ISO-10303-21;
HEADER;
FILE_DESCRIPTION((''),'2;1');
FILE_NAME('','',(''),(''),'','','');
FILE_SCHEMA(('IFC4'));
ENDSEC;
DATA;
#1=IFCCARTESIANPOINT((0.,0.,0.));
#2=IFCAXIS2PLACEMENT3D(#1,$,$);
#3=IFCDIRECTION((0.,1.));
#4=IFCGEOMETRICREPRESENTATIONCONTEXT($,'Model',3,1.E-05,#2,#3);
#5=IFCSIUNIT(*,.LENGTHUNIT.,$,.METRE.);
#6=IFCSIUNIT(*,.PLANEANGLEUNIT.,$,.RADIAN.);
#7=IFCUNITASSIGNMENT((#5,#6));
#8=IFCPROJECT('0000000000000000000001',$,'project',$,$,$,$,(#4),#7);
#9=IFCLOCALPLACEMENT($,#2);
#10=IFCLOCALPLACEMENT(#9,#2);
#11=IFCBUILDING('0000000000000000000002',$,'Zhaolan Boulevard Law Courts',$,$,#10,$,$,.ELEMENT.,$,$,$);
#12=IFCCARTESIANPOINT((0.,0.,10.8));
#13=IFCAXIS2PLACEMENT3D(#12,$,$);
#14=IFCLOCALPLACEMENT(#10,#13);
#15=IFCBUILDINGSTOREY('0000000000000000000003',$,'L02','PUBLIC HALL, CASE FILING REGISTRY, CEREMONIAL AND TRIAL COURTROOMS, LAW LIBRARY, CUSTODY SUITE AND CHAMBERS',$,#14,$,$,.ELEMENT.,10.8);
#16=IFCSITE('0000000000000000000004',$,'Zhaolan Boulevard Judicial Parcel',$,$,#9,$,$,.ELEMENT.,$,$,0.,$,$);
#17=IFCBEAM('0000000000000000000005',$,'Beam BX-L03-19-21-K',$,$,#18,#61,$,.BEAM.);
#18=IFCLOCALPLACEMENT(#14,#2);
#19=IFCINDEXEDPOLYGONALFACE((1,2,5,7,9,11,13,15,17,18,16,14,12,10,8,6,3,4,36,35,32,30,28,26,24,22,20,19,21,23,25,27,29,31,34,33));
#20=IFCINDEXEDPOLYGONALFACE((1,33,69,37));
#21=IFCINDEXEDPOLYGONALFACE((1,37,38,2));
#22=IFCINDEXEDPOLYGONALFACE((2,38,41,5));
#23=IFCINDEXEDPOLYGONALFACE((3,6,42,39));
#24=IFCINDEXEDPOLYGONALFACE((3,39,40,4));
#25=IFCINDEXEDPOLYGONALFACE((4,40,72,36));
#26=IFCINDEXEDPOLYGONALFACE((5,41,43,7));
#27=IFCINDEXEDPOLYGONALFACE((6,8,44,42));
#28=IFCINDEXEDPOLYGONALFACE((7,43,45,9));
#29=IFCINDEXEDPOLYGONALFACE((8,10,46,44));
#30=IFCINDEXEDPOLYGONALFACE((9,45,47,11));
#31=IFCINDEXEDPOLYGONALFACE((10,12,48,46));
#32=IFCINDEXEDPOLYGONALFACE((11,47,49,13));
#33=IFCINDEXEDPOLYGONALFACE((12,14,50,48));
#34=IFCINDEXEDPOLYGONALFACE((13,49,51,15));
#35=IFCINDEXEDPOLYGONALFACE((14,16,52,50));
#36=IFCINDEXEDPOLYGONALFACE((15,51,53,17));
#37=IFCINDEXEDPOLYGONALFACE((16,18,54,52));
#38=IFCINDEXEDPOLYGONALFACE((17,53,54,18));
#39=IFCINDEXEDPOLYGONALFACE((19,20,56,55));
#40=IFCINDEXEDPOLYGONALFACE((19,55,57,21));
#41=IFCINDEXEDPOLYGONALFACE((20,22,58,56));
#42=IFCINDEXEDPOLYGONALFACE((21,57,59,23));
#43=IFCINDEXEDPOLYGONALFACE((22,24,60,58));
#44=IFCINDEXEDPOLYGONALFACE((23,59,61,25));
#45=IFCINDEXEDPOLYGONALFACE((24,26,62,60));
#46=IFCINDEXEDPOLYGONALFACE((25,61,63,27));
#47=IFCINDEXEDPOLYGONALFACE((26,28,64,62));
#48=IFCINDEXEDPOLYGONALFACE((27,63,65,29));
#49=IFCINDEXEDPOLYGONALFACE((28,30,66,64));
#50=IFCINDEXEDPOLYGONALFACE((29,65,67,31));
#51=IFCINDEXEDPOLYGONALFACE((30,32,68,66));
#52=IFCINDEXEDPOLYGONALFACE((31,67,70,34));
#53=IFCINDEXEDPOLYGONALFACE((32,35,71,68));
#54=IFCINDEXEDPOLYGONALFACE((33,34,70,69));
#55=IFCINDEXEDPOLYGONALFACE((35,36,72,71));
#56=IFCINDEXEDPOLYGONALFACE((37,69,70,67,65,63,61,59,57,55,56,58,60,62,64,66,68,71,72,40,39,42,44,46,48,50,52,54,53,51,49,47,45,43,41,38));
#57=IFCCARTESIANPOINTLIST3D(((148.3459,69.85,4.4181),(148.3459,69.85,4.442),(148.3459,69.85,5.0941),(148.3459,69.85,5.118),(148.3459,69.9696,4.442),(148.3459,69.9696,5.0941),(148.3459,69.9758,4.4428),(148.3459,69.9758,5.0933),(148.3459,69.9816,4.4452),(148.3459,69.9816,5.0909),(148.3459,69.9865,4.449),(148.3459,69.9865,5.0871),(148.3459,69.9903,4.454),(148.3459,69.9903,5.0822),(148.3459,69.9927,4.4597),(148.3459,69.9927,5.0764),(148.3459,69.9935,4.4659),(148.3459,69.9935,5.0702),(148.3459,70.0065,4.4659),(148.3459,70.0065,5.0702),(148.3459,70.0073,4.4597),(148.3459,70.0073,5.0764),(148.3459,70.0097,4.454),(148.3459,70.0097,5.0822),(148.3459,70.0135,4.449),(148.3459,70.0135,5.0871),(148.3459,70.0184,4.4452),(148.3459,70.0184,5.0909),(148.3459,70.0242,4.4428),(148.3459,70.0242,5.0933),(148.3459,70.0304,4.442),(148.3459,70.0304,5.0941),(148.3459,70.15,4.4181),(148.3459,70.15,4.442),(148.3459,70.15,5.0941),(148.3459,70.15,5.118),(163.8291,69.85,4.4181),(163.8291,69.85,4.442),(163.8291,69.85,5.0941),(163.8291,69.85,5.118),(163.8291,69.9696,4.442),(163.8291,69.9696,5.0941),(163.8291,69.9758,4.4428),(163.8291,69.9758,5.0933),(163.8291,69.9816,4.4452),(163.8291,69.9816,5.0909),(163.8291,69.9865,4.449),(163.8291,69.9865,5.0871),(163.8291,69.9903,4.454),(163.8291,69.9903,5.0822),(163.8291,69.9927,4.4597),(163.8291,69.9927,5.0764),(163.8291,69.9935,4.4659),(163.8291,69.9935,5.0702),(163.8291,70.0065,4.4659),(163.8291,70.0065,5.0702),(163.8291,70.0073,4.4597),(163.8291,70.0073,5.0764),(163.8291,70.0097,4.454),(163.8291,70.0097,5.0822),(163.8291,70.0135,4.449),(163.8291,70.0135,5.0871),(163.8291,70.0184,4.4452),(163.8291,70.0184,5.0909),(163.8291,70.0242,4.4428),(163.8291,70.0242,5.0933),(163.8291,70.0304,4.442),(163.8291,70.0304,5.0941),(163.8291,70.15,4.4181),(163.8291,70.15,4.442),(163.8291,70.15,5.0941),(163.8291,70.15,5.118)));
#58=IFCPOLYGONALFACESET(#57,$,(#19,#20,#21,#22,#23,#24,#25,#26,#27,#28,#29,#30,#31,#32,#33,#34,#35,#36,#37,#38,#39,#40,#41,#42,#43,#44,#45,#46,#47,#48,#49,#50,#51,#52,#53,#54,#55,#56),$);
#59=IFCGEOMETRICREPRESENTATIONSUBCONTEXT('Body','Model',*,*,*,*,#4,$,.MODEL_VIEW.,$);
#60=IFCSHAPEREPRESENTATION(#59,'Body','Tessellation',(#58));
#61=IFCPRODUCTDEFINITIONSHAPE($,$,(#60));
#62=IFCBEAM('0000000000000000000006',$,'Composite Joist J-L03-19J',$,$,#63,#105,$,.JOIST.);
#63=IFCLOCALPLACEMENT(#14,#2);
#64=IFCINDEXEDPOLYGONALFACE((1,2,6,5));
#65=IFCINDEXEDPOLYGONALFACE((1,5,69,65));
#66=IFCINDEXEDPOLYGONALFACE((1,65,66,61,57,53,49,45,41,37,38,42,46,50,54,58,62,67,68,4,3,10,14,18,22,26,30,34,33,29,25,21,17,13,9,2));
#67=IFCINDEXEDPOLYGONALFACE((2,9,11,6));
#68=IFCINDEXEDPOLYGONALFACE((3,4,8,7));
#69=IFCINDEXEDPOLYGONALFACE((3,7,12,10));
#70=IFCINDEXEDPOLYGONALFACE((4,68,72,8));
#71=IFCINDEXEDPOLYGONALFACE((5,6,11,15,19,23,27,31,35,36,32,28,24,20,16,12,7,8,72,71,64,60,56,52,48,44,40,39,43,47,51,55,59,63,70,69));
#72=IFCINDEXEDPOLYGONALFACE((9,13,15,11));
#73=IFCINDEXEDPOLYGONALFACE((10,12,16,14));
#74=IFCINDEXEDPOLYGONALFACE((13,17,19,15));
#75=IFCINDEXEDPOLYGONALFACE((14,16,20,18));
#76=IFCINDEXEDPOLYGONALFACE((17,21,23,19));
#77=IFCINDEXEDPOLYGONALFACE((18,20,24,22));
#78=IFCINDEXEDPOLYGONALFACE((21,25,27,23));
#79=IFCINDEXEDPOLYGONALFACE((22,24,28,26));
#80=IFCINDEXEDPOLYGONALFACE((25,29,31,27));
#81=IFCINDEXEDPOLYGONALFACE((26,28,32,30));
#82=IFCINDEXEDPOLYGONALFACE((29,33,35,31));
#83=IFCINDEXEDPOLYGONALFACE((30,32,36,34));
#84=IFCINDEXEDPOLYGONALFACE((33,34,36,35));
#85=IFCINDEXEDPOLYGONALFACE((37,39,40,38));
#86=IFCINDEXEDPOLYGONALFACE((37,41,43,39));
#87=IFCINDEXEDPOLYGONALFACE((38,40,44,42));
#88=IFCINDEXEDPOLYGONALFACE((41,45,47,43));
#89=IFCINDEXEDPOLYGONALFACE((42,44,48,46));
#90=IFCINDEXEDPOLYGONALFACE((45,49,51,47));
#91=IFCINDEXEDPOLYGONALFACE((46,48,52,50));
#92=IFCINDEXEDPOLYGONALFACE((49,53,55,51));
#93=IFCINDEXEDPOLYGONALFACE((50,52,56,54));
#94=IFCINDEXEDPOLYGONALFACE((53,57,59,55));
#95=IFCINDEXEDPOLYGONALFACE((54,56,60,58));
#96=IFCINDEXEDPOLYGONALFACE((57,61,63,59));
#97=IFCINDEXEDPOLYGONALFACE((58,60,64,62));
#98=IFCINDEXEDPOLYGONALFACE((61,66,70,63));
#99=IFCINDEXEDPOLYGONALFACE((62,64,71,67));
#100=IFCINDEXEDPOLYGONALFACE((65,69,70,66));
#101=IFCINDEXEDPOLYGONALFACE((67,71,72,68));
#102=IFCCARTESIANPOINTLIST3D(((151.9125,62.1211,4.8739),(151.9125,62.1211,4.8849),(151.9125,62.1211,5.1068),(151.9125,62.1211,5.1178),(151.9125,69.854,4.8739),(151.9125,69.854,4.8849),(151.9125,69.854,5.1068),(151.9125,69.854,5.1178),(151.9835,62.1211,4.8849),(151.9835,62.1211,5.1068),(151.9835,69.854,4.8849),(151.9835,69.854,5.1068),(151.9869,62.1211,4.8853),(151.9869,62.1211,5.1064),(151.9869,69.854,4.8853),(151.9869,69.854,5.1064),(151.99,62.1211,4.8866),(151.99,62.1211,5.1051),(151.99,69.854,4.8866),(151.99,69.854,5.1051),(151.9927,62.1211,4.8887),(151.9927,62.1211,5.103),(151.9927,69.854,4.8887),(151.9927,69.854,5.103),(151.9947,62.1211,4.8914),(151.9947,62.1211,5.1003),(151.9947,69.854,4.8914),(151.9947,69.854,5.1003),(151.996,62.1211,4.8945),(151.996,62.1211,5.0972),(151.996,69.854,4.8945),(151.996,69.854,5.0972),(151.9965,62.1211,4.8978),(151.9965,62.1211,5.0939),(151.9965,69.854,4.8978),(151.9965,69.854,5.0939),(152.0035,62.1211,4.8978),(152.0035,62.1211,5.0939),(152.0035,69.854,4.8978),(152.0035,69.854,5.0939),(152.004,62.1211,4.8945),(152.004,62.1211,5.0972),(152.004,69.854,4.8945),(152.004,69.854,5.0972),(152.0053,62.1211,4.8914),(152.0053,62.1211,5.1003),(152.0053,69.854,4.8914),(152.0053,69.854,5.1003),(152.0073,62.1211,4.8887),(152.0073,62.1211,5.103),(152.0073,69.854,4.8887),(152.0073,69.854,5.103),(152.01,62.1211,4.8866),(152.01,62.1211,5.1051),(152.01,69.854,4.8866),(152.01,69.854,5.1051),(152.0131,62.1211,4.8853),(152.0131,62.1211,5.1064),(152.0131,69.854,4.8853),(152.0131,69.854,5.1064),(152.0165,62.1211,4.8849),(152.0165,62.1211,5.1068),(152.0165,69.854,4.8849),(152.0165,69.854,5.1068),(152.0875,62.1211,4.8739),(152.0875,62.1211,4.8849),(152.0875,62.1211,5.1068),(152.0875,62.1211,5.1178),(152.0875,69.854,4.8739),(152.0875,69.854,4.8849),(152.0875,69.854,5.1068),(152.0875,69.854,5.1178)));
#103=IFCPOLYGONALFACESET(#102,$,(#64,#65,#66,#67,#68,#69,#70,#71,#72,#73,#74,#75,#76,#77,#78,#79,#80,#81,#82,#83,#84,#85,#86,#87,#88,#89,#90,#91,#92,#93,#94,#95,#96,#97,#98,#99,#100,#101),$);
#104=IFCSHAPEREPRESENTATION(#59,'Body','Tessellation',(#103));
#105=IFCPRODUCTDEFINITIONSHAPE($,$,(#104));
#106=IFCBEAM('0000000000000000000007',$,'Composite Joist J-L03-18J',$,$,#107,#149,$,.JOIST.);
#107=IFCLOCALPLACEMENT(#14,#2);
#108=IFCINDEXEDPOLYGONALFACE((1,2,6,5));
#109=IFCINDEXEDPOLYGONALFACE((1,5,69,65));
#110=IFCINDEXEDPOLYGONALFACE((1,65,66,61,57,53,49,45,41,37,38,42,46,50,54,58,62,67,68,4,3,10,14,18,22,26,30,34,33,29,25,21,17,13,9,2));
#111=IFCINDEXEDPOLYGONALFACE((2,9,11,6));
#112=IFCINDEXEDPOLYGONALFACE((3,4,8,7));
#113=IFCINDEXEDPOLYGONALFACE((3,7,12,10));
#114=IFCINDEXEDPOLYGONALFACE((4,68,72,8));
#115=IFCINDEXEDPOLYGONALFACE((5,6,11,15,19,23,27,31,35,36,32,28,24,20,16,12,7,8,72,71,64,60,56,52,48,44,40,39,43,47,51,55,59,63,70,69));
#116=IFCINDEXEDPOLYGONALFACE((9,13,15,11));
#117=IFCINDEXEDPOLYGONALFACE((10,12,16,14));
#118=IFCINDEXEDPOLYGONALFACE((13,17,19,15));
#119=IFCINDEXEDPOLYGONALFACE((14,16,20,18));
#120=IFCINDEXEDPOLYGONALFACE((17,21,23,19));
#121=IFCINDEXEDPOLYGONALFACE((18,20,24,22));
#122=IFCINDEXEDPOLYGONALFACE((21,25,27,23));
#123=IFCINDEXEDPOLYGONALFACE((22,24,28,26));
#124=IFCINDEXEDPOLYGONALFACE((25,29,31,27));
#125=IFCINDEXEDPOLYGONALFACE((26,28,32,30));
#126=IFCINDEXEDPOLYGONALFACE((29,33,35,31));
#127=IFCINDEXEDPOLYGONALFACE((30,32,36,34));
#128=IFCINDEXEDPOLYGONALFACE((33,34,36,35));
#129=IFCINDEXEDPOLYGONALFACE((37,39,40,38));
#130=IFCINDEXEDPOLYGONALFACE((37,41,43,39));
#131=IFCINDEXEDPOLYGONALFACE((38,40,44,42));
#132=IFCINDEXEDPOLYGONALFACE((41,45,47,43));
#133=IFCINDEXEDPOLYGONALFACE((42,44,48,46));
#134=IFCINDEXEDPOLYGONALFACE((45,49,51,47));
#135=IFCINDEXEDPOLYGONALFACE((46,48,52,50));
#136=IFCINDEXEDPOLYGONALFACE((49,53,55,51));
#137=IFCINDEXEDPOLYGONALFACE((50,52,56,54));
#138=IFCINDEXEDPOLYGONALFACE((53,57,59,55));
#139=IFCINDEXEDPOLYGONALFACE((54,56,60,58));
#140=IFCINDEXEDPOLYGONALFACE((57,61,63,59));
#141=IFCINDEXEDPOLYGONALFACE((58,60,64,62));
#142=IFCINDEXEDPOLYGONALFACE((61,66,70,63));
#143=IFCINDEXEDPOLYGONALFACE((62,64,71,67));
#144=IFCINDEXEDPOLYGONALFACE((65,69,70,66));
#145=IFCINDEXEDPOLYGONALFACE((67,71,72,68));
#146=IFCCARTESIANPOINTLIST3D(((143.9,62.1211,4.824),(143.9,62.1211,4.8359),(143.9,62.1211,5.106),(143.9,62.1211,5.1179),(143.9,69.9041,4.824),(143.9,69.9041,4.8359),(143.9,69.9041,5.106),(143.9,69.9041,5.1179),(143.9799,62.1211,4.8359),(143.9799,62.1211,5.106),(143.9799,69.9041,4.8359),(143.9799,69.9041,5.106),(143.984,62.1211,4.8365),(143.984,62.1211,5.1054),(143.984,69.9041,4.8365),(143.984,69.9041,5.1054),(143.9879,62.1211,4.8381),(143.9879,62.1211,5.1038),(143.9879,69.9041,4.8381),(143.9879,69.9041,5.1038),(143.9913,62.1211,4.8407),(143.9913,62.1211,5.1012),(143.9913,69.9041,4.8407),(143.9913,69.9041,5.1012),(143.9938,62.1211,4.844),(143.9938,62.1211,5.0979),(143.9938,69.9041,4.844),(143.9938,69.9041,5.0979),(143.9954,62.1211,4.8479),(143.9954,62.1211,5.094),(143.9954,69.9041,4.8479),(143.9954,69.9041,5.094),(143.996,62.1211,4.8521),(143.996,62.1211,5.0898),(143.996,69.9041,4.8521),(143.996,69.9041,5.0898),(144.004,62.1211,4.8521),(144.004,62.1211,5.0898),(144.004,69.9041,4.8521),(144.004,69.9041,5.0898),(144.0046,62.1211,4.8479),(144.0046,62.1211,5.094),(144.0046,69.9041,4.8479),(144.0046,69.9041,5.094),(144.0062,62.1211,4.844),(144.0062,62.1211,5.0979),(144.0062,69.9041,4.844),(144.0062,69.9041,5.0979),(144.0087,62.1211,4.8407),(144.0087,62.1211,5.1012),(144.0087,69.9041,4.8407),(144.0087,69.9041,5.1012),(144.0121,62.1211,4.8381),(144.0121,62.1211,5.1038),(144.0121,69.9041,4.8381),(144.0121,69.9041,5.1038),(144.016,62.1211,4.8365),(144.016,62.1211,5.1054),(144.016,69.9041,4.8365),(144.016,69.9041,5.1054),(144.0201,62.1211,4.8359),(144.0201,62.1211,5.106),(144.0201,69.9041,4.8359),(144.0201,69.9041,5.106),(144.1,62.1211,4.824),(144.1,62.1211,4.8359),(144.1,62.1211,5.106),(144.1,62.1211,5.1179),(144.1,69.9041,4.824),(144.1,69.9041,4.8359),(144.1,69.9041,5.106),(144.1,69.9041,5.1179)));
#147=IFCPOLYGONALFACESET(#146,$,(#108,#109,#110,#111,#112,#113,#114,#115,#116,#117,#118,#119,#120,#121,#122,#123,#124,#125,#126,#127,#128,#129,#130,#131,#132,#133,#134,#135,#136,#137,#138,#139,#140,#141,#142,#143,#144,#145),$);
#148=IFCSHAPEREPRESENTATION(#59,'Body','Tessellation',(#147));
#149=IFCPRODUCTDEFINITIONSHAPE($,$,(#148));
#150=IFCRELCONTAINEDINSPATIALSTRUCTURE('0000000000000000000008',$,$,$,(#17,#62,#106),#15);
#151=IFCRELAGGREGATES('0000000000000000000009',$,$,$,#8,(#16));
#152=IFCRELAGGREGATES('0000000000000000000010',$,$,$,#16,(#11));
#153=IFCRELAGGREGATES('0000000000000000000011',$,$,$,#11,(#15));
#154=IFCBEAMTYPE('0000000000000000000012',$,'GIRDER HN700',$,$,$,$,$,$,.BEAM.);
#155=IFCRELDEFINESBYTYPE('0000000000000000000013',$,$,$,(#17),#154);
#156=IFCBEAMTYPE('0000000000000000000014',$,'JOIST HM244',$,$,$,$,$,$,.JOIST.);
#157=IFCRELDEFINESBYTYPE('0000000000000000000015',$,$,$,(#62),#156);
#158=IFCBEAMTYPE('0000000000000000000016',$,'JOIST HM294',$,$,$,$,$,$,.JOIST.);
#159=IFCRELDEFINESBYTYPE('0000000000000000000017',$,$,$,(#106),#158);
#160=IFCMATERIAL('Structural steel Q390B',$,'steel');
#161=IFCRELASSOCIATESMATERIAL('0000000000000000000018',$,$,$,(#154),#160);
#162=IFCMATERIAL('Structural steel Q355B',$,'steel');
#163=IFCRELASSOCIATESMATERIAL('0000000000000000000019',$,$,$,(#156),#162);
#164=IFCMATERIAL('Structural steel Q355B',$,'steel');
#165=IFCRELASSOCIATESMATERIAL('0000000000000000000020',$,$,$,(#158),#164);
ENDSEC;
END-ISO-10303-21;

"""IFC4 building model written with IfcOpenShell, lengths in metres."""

from ifc_helpers import new_model, si_unit, direction, frame, origin, origin_2d, place, context, subcontext, project, spatial, i_section, extrude, material, material_profile, profile_set, type_object, element, save


model = new_model("IFC4")

# Units and contexts
model_context = context("Model", 3, precision=1e-05, world=origin(), true_north=direction((0.0, 1.0)))
body_context = subcontext(model_context, "Body", "Model", "MODEL_VIEW")
ifc_project = project(units=[si_unit("LENGTHUNIT", "METRE"), si_unit("PLANEANGLEUNIT", "RADIAN")], contexts=[model_context])

# Site, building, storey
site_placement = place(None, origin())
site = spatial("IfcSite", under=ifc_project, at=site_placement, Name="Zhaolan Boulevard Judicial Parcel", CompositionType="ELEMENT", RefElevation=0.0)
building_placement = place(site_placement, origin())
building = spatial("IfcBuilding", under=site, at=building_placement, Name="Zhaolan Boulevard Law Courts", CompositionType="ELEMENT")
storey_placement = place(building_placement, frame((0.0, 0.0, 10.8)))
storey = spatial("IfcBuildingStorey", under=building, at=storey_placement, Name="L02", Description="PUBLIC HALL, CASE FILING REGISTRY, CEREMONIAL AND TRIAL COURTROOMS, LAW LIBRARY, CUSTODY SUITE AND CHAMBERS", CompositionType="ELEMENT", Elevation=10.8)

# Beams
ifc_material_1 = material(Name="Structural steel Q390B", Category="steel")
ifc_material_profile_1 = material_profile(ifc_material_1, i_section(OverallWidth=0.3, OverallDepth=0.7, WebThickness=0.0129, FlangeThickness=0.0239, FilletRadius=0.0239, at=origin_2d()), Name="HN700x300")
ifc_profile_set_1 = profile_set([ifc_material_profile_1], Name="Structural steel Q390B")
beam_type_1 = type_object("IfcBeamType", Name="GIRDER HN700", PredefinedType="BEAM", material=ifc_profile_set_1)
beam_1_placement = place(storey_placement, frame((148.3459, 70.0, 4.7681), z_axis=(1.0, 0.0, 0.0), x_axis=(0.0, 1.0, 0.0)))
element("IfcBeam", 1, at=beam_1_placement, inside=storey, type_object=beam_type_1, Name="Beam BX-L03-19-21-K", PredefinedType="BEAM", context=body_context, shape_type="SweptSolid", body=[
    extrude(i_section(OverallWidth=0.3, OverallDepth=0.7, WebThickness=0.0129, FlangeThickness=0.0239, FilletRadius=0.0239, at=origin_2d()), origin(), (0.0, 0.0, 1.0), 15.4832),
])
ifc_material_2 = material(Name="Structural steel Q355B", Category="steel")
ifc_material_profile_2 = material_profile(ifc_material_2, i_section(OverallWidth=0.175, OverallDepth=0.2439, WebThickness=0.0071, FlangeThickness=0.011, FilletRadius=0.0129, at=origin_2d()), Name="HM244x175")
ifc_profile_set_2 = profile_set([ifc_material_profile_2], Name="Structural steel Q355B")
beam_type_2 = type_object("IfcBeamType", Name="JOIST HM244", PredefinedType="JOIST", material=ifc_profile_set_2)
beam_2_placement = place(storey_placement, frame((152.0, 62.1211, 4.9958), z_axis=(0.0, 1.0, 0.0), x_axis=(-1.0, 0.0, 0.0)))
element("IfcBeam", 2, at=beam_2_placement, inside=storey, type_object=beam_type_2, Name="Composite Joist J-L03-19J", PredefinedType="JOIST", context=body_context, shape_type="SweptSolid", body=[
    extrude(i_section(OverallWidth=0.175, OverallDepth=0.2439, WebThickness=0.0071, FlangeThickness=0.011, FilletRadius=0.0129, at=origin_2d()), origin(), (0.0, 0.0, 1.0), 7.7329),
])
ifc_material_3 = material(Name="Structural steel Q355B", Category="steel")
ifc_material_profile_3 = material_profile(ifc_material_3, i_section(OverallWidth=0.2, OverallDepth=0.2939, WebThickness=0.0081, FlangeThickness=0.012, FilletRadius=0.0161, at=origin_2d()), Name="HM294x200")
ifc_profile_set_3 = profile_set([ifc_material_profile_3], Name="Structural steel Q355B")
beam_type_3 = type_object("IfcBeamType", Name="JOIST HM294", PredefinedType="JOIST", material=ifc_profile_set_3)
beam_3_placement = place(storey_placement, frame((144.0, 62.1211, 4.9709), z_axis=(0.0, 1.0, 0.0), x_axis=(-1.0, 0.0, 0.0)))
element("IfcBeam", 3, at=beam_3_placement, inside=storey, type_object=beam_type_3, Name="Composite Joist J-L03-18J", PredefinedType="JOIST", context=body_context, shape_type="SweptSolid", body=[
    extrude(i_section(OverallWidth=0.2, OverallDepth=0.2939, WebThickness=0.0081, FlangeThickness=0.012, FilletRadius=0.0161, at=origin_2d()), origin(), (0.0, 0.0, 1.0), 7.783),
])

save(model, "model.ifc")
